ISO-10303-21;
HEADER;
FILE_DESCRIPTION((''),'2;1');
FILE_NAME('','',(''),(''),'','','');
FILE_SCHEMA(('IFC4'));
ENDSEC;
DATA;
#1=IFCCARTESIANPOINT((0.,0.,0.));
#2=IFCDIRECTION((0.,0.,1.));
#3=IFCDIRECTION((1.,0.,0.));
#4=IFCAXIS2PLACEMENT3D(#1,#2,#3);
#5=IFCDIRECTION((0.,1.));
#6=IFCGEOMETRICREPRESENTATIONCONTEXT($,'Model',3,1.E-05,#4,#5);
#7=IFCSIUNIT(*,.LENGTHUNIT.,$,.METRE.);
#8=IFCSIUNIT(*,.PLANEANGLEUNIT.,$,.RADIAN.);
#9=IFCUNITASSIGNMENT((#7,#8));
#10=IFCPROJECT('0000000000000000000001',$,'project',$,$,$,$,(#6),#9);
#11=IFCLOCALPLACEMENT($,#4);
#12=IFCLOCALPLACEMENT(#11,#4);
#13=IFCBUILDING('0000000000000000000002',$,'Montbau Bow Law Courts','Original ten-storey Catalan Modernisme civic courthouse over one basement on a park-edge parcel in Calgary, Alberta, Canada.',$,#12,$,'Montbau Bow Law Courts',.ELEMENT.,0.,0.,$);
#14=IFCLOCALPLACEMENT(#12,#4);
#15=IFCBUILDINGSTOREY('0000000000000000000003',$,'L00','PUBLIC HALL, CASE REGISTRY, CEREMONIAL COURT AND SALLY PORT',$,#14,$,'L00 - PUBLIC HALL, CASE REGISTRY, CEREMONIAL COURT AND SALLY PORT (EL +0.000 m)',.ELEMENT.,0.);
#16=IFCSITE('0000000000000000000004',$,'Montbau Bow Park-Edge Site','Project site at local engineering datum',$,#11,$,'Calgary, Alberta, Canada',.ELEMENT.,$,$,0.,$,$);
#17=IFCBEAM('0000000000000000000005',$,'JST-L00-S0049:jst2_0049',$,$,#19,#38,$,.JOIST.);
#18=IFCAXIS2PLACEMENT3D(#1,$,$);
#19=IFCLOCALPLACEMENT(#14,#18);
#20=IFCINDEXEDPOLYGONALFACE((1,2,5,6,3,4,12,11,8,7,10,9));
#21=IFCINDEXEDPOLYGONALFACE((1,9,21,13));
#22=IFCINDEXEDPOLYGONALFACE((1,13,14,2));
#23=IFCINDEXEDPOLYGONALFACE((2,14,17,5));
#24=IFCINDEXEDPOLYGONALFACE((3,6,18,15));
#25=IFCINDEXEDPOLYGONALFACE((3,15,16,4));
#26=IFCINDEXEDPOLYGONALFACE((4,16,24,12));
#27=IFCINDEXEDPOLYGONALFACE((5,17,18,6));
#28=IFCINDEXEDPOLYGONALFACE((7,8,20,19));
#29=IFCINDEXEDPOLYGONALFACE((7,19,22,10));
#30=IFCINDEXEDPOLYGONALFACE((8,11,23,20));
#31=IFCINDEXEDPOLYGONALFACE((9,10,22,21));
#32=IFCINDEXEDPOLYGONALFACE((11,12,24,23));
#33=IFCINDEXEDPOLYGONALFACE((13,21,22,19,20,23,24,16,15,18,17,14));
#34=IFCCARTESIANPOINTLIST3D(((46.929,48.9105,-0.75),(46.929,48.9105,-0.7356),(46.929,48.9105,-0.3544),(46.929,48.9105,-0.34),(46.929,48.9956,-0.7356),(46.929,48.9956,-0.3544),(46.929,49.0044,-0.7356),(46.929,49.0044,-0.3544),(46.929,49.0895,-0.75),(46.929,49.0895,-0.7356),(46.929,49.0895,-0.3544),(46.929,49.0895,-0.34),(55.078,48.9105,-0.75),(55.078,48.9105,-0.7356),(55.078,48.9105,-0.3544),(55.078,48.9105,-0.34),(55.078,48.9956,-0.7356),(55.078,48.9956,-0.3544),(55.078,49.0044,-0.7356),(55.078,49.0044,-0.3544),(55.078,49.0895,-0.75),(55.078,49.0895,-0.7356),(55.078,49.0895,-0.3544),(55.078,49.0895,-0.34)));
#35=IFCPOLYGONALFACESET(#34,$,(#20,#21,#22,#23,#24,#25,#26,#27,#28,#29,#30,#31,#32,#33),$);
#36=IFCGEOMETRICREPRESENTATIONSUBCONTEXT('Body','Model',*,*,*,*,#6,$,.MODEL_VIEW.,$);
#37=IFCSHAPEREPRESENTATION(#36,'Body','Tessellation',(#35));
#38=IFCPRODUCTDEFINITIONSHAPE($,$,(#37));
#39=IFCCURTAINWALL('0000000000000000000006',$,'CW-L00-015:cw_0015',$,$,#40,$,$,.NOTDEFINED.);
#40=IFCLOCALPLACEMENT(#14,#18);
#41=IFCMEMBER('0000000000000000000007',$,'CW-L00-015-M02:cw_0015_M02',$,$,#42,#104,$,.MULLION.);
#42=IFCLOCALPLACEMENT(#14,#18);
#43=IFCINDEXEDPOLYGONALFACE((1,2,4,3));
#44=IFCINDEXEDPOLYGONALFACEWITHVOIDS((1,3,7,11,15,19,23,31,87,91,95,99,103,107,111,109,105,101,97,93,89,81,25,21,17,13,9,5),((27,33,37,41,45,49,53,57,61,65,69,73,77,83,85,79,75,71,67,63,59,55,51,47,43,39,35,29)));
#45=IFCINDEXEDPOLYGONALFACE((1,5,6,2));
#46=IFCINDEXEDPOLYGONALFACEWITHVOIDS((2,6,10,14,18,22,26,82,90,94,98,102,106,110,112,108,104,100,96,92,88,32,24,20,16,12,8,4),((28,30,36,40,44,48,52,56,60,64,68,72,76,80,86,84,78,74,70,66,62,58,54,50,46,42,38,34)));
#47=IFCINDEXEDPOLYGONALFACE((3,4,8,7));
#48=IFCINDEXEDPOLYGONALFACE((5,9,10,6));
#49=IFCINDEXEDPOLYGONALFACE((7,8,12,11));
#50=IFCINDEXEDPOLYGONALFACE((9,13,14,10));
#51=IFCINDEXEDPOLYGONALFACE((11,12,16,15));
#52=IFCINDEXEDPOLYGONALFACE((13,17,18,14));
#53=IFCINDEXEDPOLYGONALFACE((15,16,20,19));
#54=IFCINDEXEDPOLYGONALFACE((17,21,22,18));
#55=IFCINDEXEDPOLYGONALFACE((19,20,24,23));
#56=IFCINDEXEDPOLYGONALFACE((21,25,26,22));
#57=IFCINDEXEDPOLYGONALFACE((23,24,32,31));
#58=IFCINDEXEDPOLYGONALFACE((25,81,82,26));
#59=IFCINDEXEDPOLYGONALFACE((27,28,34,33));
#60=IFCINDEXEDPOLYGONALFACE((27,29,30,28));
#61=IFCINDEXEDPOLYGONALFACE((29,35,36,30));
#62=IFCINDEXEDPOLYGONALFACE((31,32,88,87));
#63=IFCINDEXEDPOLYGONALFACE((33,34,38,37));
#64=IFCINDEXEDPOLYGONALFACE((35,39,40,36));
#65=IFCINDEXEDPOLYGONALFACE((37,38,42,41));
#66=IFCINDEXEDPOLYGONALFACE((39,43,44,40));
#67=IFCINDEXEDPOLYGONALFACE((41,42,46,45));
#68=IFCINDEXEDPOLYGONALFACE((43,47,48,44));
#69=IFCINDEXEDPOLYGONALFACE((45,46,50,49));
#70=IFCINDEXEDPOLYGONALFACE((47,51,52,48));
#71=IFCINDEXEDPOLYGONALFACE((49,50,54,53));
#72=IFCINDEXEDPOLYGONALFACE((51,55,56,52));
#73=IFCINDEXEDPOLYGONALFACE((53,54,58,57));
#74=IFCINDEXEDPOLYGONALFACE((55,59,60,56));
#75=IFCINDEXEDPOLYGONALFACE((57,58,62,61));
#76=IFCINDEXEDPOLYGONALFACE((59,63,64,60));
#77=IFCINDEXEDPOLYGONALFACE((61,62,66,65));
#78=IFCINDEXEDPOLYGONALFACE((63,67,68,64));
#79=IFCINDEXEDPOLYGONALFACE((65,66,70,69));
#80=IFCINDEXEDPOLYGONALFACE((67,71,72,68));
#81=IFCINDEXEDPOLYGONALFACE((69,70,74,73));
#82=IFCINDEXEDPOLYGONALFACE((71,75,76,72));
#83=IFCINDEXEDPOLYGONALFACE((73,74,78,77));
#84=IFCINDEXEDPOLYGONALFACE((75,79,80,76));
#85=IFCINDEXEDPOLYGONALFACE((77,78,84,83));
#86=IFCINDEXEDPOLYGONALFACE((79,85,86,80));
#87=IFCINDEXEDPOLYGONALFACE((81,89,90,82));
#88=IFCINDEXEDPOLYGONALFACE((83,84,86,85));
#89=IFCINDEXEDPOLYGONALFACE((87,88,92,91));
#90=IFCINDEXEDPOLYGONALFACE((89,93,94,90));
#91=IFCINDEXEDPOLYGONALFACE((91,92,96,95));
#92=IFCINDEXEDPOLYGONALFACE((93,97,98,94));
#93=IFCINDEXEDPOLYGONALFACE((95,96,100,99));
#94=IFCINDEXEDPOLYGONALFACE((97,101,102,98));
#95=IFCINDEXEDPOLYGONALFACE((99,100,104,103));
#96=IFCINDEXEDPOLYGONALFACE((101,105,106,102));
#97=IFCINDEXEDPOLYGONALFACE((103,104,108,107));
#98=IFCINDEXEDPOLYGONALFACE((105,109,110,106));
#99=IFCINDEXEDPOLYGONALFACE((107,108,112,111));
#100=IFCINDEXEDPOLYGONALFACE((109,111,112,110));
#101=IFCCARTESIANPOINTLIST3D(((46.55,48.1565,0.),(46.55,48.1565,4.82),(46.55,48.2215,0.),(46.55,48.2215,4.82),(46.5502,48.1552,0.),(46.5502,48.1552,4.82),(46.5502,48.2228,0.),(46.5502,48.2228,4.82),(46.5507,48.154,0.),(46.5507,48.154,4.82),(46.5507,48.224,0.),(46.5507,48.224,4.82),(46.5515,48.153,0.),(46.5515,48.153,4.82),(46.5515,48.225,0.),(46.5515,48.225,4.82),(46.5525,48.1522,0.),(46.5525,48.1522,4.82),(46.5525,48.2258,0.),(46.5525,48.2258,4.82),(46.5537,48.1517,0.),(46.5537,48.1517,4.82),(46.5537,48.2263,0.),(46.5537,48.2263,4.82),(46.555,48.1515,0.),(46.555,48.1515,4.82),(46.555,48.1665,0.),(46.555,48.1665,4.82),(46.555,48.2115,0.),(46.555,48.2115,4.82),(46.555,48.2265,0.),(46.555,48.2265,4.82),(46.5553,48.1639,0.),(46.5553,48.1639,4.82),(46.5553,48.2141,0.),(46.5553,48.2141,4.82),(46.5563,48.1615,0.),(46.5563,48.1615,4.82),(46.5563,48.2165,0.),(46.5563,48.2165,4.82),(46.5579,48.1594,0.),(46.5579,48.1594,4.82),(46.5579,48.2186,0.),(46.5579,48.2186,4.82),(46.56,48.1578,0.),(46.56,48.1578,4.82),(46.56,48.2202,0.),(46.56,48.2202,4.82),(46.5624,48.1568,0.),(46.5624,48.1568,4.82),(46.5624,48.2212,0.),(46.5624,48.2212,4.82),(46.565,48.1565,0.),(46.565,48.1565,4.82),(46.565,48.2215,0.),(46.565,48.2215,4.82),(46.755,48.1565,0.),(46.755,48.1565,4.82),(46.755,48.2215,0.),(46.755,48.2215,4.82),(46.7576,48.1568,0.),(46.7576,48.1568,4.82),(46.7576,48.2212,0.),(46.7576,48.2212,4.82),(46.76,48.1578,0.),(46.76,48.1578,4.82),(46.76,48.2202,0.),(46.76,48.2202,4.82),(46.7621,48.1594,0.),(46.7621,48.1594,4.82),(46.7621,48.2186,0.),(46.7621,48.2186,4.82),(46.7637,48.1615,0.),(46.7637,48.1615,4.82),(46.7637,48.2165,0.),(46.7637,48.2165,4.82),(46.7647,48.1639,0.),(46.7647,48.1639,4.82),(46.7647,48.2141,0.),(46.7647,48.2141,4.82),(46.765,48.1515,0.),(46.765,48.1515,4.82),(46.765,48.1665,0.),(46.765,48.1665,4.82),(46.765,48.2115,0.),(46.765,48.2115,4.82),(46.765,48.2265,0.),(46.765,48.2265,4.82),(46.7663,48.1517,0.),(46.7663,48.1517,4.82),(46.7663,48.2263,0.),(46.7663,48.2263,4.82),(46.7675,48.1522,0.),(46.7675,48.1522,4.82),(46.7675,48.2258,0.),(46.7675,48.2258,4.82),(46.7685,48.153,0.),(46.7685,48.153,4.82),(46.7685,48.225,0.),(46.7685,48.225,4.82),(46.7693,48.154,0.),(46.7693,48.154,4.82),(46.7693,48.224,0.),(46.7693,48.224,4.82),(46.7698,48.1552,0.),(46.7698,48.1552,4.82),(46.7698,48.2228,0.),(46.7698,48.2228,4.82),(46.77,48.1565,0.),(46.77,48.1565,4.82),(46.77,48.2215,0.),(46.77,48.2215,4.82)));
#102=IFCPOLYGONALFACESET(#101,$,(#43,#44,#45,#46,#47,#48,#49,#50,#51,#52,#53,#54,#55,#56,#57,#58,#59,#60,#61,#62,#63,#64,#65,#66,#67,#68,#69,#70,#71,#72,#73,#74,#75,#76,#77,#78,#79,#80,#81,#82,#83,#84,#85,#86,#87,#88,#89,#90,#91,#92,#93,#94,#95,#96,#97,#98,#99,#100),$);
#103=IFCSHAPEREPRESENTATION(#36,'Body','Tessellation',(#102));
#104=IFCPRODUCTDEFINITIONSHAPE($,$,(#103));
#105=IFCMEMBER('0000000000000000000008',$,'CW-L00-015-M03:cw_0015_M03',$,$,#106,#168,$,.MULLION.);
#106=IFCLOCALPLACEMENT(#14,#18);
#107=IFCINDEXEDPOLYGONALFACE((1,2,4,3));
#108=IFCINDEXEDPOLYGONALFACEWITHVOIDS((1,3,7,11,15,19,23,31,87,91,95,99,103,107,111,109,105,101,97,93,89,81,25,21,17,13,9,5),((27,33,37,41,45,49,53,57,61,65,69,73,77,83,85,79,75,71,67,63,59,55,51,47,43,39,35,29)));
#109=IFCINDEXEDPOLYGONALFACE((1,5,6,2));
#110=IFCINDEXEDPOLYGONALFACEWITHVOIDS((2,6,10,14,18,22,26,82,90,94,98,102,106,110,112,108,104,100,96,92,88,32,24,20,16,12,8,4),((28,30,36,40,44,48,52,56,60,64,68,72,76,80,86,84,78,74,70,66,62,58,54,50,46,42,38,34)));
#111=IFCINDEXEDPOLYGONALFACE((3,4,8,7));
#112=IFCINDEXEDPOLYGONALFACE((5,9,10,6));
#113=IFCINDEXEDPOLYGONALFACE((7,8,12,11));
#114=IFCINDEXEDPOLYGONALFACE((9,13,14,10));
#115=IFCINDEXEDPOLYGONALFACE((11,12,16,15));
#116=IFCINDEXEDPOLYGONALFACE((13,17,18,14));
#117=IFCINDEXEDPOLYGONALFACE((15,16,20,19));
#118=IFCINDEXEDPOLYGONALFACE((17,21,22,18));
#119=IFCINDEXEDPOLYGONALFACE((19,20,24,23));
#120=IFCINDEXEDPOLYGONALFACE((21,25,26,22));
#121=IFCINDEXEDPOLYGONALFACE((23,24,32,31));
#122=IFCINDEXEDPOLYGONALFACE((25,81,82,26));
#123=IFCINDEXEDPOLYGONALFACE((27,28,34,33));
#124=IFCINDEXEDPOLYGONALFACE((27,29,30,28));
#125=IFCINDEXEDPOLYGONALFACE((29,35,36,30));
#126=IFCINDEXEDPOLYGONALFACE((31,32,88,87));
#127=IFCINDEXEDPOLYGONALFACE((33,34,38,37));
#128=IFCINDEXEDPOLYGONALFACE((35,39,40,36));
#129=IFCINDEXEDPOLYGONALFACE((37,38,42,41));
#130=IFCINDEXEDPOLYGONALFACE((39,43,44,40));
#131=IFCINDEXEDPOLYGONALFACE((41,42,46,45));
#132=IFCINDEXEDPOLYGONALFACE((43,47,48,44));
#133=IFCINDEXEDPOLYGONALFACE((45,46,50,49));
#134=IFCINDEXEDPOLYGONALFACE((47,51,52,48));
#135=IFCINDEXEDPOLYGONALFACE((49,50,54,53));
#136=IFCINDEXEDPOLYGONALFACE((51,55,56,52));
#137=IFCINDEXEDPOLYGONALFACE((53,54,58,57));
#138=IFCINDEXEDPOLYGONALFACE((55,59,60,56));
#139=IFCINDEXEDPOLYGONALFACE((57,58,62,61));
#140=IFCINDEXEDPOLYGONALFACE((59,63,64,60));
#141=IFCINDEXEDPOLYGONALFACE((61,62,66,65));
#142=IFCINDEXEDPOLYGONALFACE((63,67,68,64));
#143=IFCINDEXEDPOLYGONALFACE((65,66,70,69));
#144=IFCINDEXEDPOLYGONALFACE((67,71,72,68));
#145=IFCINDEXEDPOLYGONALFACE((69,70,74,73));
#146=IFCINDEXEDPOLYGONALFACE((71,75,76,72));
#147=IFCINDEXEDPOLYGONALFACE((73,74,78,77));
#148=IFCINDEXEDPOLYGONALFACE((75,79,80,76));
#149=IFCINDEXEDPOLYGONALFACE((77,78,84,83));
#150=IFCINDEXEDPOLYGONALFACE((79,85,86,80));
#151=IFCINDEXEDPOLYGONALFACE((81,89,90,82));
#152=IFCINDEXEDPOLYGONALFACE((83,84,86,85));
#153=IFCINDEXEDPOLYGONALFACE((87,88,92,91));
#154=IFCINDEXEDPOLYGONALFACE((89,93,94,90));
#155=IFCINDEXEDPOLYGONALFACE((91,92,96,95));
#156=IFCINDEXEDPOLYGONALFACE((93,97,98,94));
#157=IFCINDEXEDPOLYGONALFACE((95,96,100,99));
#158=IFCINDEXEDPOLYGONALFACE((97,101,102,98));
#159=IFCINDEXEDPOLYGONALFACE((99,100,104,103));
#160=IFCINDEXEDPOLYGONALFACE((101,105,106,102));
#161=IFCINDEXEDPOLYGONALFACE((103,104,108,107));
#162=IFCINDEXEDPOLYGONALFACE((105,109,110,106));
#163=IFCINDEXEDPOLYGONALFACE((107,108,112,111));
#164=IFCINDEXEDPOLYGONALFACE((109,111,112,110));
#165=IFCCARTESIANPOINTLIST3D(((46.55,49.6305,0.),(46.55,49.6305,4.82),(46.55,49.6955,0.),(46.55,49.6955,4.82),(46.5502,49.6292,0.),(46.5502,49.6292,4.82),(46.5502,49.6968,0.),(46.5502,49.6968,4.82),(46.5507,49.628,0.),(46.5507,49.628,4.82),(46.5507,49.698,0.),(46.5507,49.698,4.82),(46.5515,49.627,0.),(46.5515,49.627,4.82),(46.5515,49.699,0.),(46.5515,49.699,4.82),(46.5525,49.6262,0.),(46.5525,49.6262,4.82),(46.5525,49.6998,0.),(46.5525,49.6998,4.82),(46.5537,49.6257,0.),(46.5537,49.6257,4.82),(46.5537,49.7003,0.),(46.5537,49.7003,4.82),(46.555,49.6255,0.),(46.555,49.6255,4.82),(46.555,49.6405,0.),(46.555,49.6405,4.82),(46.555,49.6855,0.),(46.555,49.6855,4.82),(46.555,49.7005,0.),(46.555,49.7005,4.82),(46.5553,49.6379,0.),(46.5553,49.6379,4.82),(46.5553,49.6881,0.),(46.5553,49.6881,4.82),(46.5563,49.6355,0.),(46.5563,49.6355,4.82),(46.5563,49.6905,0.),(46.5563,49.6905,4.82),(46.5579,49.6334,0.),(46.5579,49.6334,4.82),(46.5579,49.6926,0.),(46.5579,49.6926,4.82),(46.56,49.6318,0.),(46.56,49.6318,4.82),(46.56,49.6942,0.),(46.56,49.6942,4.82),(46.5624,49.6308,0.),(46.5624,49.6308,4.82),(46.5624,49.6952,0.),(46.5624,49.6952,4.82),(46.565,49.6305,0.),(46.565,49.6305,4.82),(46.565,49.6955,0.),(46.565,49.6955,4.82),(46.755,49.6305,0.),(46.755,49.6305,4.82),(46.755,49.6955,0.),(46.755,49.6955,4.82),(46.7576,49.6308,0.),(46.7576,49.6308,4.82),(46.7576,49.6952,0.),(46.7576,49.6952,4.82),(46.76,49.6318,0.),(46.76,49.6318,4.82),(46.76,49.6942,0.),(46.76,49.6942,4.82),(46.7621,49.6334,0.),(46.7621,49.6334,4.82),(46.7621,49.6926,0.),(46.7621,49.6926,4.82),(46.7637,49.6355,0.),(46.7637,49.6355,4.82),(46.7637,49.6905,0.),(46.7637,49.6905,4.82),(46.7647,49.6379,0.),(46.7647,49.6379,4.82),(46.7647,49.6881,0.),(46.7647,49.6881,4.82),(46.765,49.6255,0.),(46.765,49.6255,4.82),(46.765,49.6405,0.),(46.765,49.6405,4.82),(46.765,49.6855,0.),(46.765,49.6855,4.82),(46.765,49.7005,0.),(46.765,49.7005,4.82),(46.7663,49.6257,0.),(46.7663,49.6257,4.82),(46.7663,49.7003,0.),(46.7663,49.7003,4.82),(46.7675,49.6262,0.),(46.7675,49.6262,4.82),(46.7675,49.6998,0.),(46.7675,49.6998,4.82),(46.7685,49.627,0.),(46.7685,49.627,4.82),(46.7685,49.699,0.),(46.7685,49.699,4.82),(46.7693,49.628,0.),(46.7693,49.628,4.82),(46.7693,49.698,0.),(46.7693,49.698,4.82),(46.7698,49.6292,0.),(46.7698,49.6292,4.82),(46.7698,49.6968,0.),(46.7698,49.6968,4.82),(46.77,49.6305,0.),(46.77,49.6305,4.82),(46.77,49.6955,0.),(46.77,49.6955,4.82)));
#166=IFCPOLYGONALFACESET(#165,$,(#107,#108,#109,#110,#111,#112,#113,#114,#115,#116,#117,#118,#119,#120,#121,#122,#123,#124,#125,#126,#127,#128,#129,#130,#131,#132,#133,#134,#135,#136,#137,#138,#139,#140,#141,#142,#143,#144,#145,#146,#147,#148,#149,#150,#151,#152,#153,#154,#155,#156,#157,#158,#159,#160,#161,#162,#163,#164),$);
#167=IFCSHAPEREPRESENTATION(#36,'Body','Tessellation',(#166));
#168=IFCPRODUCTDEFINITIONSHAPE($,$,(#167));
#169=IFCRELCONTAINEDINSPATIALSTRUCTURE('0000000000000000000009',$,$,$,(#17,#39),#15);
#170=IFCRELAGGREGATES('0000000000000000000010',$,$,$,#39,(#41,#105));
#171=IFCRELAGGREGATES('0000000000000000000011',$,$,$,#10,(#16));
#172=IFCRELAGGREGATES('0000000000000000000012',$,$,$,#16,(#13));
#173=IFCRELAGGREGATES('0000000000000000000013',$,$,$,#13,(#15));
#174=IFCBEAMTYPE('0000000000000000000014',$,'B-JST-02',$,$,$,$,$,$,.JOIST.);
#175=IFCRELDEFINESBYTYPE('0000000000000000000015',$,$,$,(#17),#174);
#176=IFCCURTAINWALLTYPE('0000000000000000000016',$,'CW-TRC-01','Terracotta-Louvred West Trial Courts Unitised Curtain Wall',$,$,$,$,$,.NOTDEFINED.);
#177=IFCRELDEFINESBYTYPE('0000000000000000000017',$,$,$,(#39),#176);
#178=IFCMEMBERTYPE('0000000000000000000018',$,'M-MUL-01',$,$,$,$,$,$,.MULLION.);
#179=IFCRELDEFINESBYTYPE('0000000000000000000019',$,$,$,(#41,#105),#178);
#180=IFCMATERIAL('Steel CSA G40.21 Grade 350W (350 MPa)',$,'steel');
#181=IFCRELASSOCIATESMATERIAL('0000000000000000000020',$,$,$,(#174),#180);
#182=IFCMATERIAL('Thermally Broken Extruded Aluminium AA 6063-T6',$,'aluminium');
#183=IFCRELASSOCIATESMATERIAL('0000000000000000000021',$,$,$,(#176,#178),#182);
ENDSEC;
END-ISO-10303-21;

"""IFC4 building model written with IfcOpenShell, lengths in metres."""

from ifc_helpers import new_model, si_unit, direction, frame, origin_with_axes, origin_2d_with_axis, place, context, subcontext, project, spatial, hollow_rectangle, i_section, extrude, material, material_profile, profile_set, type_object, element, aggregate, save


model = new_model("IFC4")

# Units and contexts
model_context = context("Model", 3, precision=1e-05, world=origin_with_axes(), true_north=direction((0.0, 1.0)))
body_context = subcontext(model_context, "Body", "Model", "MODEL_VIEW")
ifc_project = project(units=[si_unit("LENGTHUNIT", "METRE"), si_unit("PLANEANGLEUNIT", "RADIAN")], contexts=[model_context])

# Site, building, storey
site_placement = place(None, origin_with_axes())
site = spatial("IfcSite", under=ifc_project, at=site_placement, Name="Montbau Bow Park-Edge Site", Description="Project site at local engineering datum", LongName="Calgary, Alberta, Canada", CompositionType="ELEMENT", RefElevation=0.0)
building_placement = place(site_placement, origin_with_axes())
building = spatial("IfcBuilding", under=site, at=building_placement, Name="Montbau Bow Law Courts", Description="Original ten-storey Catalan Modernisme civic courthouse over one basement on a park-edge parcel in Calgary, Alberta, Canada.", LongName="Montbau Bow Law Courts", CompositionType="ELEMENT", ElevationOfRefHeight=0.0, ElevationOfTerrain=0.0)
storey_placement = place(building_placement, origin_with_axes())
storey = spatial("IfcBuildingStorey", under=building, at=storey_placement, Name="L00", Description="PUBLIC HALL, CASE REGISTRY, CEREMONIAL COURT AND SALLY PORT", LongName="L00 - PUBLIC HALL, CASE REGISTRY, CEREMONIAL COURT AND SALLY PORT (EL +0.000 m)", CompositionType="ELEMENT", Elevation=0.0)

# Beam
ifc_material_1 = material(Name="Steel CSA G40.21 Grade 350W (350 MPa)", Category="steel")
ifc_material_profile_1 = material_profile(ifc_material_1, i_section(OverallWidth=0.179, OverallDepth=0.41, WebThickness=0.0088, FlangeThickness=0.0144, at=origin_2d_with_axis()), Name="W410X67", Category="Main", Priority=0)
ifc_profile_set_1 = profile_set([ifc_material_profile_1], Name="Steel CSA G40.21 Grade 350W (350 MPa)")
beam_type = type_object("IfcBeamType", Name="B-JST-02", PredefinedType="JOIST", material=ifc_profile_set_1)
beam_placement = place(None, frame((46.929, 49.0, -0.545), z_axis=(1.0, 0.0, 0.0), x_axis=(0.0, 1.0, 0.0)))
element("IfcBeam", 1, at=beam_placement, inside=storey, type_object=beam_type, Name="JST-L00-S0049:jst2_0049", PredefinedType="JOIST", context=body_context, shape_type="SweptSolid", body=[
    extrude(i_section(OverallWidth=0.179, OverallDepth=0.41, WebThickness=0.0088, FlangeThickness=0.0144, at=origin_2d_with_axis()), origin_with_axes(), (0.0, 0.0, 1.0), 8.149),
])

# Curtain wall, members
ifc_material_2 = material(Name="Thermally Broken Extruded Aluminium AA 6063-T6", Category="aluminium")
curtain_wall_type_1 = type_object("IfcCurtainWallType", Name="CW-TRC-01", Description="Terracotta-Louvred West Trial Courts Unitised Curtain Wall", PredefinedType="NOTDEFINED", material=ifc_material_2)
curtain_wall_1_placement = place(None, frame((46.66, 46.715, 0.0), z_axis=(0.0, 0.0, 1.0), x_axis=(1.0, 0.0, 0.0)))
curtain_wall_1 = element("IfcCurtainWall", 2, at=curtain_wall_1_placement, inside=storey, type_object=curtain_wall_type_1, Name="CW-L00-015:cw_0015", PredefinedType="NOTDEFINED")
ifc_material_profile_2 = material_profile(ifc_material_2, hollow_rectangle(XDim=0.075, YDim=0.22, WallThickness=0.005, InnerFilletRadius=0.01, OuterFilletRadius=0.005, at=origin_2d_with_axis()), Name="CWM-220X75", Category="Main", Priority=0)
ifc_profile_set_2 = profile_set([ifc_material_profile_2], Name="Thermally Broken Extruded Aluminium AA 6063-T6")
member_type_1 = type_object("IfcMemberType", Name="M-MUL-01", PredefinedType="MULLION", material=ifc_profile_set_2)
member_1_placement = place(None, frame((46.66, 48.189, 0.0), z_axis=(0.0, 0.0, 1.0), x_axis=(0.0, 1.0, 0.0)))
member_1 = element("IfcMember", 3, at=member_1_placement, type_object=member_type_1, Name="CW-L00-015-M02:cw_0015_M02", PredefinedType="MULLION", context=body_context, shape_type="SweptSolid", body=[
    extrude(hollow_rectangle(XDim=0.075, YDim=0.22, WallThickness=0.005, InnerFilletRadius=0.01, OuterFilletRadius=0.005, at=origin_2d_with_axis()), origin_with_axes(), (0.0, 0.0, 1.0), 4.82),
])
member_2_placement = place(None, frame((46.66, 49.663, 0.0), z_axis=(0.0, 0.0, 1.0), x_axis=(0.0, 1.0, 0.0)))
member_2 = element("IfcMember", 4, at=member_2_placement, type_object=member_type_1, Name="CW-L00-015-M03:cw_0015_M03", PredefinedType="MULLION", context=body_context, shape_type="SweptSolid", body=[
    extrude(hollow_rectangle(XDim=0.075, YDim=0.22, WallThickness=0.005, InnerFilletRadius=0.01, OuterFilletRadius=0.005, at=origin_2d_with_axis()), origin_with_axes(), (0.0, 0.0, 1.0), 4.82),
])

aggregate(curtain_wall_1, [member_1, member_2])

save(model, "model.ifc")
